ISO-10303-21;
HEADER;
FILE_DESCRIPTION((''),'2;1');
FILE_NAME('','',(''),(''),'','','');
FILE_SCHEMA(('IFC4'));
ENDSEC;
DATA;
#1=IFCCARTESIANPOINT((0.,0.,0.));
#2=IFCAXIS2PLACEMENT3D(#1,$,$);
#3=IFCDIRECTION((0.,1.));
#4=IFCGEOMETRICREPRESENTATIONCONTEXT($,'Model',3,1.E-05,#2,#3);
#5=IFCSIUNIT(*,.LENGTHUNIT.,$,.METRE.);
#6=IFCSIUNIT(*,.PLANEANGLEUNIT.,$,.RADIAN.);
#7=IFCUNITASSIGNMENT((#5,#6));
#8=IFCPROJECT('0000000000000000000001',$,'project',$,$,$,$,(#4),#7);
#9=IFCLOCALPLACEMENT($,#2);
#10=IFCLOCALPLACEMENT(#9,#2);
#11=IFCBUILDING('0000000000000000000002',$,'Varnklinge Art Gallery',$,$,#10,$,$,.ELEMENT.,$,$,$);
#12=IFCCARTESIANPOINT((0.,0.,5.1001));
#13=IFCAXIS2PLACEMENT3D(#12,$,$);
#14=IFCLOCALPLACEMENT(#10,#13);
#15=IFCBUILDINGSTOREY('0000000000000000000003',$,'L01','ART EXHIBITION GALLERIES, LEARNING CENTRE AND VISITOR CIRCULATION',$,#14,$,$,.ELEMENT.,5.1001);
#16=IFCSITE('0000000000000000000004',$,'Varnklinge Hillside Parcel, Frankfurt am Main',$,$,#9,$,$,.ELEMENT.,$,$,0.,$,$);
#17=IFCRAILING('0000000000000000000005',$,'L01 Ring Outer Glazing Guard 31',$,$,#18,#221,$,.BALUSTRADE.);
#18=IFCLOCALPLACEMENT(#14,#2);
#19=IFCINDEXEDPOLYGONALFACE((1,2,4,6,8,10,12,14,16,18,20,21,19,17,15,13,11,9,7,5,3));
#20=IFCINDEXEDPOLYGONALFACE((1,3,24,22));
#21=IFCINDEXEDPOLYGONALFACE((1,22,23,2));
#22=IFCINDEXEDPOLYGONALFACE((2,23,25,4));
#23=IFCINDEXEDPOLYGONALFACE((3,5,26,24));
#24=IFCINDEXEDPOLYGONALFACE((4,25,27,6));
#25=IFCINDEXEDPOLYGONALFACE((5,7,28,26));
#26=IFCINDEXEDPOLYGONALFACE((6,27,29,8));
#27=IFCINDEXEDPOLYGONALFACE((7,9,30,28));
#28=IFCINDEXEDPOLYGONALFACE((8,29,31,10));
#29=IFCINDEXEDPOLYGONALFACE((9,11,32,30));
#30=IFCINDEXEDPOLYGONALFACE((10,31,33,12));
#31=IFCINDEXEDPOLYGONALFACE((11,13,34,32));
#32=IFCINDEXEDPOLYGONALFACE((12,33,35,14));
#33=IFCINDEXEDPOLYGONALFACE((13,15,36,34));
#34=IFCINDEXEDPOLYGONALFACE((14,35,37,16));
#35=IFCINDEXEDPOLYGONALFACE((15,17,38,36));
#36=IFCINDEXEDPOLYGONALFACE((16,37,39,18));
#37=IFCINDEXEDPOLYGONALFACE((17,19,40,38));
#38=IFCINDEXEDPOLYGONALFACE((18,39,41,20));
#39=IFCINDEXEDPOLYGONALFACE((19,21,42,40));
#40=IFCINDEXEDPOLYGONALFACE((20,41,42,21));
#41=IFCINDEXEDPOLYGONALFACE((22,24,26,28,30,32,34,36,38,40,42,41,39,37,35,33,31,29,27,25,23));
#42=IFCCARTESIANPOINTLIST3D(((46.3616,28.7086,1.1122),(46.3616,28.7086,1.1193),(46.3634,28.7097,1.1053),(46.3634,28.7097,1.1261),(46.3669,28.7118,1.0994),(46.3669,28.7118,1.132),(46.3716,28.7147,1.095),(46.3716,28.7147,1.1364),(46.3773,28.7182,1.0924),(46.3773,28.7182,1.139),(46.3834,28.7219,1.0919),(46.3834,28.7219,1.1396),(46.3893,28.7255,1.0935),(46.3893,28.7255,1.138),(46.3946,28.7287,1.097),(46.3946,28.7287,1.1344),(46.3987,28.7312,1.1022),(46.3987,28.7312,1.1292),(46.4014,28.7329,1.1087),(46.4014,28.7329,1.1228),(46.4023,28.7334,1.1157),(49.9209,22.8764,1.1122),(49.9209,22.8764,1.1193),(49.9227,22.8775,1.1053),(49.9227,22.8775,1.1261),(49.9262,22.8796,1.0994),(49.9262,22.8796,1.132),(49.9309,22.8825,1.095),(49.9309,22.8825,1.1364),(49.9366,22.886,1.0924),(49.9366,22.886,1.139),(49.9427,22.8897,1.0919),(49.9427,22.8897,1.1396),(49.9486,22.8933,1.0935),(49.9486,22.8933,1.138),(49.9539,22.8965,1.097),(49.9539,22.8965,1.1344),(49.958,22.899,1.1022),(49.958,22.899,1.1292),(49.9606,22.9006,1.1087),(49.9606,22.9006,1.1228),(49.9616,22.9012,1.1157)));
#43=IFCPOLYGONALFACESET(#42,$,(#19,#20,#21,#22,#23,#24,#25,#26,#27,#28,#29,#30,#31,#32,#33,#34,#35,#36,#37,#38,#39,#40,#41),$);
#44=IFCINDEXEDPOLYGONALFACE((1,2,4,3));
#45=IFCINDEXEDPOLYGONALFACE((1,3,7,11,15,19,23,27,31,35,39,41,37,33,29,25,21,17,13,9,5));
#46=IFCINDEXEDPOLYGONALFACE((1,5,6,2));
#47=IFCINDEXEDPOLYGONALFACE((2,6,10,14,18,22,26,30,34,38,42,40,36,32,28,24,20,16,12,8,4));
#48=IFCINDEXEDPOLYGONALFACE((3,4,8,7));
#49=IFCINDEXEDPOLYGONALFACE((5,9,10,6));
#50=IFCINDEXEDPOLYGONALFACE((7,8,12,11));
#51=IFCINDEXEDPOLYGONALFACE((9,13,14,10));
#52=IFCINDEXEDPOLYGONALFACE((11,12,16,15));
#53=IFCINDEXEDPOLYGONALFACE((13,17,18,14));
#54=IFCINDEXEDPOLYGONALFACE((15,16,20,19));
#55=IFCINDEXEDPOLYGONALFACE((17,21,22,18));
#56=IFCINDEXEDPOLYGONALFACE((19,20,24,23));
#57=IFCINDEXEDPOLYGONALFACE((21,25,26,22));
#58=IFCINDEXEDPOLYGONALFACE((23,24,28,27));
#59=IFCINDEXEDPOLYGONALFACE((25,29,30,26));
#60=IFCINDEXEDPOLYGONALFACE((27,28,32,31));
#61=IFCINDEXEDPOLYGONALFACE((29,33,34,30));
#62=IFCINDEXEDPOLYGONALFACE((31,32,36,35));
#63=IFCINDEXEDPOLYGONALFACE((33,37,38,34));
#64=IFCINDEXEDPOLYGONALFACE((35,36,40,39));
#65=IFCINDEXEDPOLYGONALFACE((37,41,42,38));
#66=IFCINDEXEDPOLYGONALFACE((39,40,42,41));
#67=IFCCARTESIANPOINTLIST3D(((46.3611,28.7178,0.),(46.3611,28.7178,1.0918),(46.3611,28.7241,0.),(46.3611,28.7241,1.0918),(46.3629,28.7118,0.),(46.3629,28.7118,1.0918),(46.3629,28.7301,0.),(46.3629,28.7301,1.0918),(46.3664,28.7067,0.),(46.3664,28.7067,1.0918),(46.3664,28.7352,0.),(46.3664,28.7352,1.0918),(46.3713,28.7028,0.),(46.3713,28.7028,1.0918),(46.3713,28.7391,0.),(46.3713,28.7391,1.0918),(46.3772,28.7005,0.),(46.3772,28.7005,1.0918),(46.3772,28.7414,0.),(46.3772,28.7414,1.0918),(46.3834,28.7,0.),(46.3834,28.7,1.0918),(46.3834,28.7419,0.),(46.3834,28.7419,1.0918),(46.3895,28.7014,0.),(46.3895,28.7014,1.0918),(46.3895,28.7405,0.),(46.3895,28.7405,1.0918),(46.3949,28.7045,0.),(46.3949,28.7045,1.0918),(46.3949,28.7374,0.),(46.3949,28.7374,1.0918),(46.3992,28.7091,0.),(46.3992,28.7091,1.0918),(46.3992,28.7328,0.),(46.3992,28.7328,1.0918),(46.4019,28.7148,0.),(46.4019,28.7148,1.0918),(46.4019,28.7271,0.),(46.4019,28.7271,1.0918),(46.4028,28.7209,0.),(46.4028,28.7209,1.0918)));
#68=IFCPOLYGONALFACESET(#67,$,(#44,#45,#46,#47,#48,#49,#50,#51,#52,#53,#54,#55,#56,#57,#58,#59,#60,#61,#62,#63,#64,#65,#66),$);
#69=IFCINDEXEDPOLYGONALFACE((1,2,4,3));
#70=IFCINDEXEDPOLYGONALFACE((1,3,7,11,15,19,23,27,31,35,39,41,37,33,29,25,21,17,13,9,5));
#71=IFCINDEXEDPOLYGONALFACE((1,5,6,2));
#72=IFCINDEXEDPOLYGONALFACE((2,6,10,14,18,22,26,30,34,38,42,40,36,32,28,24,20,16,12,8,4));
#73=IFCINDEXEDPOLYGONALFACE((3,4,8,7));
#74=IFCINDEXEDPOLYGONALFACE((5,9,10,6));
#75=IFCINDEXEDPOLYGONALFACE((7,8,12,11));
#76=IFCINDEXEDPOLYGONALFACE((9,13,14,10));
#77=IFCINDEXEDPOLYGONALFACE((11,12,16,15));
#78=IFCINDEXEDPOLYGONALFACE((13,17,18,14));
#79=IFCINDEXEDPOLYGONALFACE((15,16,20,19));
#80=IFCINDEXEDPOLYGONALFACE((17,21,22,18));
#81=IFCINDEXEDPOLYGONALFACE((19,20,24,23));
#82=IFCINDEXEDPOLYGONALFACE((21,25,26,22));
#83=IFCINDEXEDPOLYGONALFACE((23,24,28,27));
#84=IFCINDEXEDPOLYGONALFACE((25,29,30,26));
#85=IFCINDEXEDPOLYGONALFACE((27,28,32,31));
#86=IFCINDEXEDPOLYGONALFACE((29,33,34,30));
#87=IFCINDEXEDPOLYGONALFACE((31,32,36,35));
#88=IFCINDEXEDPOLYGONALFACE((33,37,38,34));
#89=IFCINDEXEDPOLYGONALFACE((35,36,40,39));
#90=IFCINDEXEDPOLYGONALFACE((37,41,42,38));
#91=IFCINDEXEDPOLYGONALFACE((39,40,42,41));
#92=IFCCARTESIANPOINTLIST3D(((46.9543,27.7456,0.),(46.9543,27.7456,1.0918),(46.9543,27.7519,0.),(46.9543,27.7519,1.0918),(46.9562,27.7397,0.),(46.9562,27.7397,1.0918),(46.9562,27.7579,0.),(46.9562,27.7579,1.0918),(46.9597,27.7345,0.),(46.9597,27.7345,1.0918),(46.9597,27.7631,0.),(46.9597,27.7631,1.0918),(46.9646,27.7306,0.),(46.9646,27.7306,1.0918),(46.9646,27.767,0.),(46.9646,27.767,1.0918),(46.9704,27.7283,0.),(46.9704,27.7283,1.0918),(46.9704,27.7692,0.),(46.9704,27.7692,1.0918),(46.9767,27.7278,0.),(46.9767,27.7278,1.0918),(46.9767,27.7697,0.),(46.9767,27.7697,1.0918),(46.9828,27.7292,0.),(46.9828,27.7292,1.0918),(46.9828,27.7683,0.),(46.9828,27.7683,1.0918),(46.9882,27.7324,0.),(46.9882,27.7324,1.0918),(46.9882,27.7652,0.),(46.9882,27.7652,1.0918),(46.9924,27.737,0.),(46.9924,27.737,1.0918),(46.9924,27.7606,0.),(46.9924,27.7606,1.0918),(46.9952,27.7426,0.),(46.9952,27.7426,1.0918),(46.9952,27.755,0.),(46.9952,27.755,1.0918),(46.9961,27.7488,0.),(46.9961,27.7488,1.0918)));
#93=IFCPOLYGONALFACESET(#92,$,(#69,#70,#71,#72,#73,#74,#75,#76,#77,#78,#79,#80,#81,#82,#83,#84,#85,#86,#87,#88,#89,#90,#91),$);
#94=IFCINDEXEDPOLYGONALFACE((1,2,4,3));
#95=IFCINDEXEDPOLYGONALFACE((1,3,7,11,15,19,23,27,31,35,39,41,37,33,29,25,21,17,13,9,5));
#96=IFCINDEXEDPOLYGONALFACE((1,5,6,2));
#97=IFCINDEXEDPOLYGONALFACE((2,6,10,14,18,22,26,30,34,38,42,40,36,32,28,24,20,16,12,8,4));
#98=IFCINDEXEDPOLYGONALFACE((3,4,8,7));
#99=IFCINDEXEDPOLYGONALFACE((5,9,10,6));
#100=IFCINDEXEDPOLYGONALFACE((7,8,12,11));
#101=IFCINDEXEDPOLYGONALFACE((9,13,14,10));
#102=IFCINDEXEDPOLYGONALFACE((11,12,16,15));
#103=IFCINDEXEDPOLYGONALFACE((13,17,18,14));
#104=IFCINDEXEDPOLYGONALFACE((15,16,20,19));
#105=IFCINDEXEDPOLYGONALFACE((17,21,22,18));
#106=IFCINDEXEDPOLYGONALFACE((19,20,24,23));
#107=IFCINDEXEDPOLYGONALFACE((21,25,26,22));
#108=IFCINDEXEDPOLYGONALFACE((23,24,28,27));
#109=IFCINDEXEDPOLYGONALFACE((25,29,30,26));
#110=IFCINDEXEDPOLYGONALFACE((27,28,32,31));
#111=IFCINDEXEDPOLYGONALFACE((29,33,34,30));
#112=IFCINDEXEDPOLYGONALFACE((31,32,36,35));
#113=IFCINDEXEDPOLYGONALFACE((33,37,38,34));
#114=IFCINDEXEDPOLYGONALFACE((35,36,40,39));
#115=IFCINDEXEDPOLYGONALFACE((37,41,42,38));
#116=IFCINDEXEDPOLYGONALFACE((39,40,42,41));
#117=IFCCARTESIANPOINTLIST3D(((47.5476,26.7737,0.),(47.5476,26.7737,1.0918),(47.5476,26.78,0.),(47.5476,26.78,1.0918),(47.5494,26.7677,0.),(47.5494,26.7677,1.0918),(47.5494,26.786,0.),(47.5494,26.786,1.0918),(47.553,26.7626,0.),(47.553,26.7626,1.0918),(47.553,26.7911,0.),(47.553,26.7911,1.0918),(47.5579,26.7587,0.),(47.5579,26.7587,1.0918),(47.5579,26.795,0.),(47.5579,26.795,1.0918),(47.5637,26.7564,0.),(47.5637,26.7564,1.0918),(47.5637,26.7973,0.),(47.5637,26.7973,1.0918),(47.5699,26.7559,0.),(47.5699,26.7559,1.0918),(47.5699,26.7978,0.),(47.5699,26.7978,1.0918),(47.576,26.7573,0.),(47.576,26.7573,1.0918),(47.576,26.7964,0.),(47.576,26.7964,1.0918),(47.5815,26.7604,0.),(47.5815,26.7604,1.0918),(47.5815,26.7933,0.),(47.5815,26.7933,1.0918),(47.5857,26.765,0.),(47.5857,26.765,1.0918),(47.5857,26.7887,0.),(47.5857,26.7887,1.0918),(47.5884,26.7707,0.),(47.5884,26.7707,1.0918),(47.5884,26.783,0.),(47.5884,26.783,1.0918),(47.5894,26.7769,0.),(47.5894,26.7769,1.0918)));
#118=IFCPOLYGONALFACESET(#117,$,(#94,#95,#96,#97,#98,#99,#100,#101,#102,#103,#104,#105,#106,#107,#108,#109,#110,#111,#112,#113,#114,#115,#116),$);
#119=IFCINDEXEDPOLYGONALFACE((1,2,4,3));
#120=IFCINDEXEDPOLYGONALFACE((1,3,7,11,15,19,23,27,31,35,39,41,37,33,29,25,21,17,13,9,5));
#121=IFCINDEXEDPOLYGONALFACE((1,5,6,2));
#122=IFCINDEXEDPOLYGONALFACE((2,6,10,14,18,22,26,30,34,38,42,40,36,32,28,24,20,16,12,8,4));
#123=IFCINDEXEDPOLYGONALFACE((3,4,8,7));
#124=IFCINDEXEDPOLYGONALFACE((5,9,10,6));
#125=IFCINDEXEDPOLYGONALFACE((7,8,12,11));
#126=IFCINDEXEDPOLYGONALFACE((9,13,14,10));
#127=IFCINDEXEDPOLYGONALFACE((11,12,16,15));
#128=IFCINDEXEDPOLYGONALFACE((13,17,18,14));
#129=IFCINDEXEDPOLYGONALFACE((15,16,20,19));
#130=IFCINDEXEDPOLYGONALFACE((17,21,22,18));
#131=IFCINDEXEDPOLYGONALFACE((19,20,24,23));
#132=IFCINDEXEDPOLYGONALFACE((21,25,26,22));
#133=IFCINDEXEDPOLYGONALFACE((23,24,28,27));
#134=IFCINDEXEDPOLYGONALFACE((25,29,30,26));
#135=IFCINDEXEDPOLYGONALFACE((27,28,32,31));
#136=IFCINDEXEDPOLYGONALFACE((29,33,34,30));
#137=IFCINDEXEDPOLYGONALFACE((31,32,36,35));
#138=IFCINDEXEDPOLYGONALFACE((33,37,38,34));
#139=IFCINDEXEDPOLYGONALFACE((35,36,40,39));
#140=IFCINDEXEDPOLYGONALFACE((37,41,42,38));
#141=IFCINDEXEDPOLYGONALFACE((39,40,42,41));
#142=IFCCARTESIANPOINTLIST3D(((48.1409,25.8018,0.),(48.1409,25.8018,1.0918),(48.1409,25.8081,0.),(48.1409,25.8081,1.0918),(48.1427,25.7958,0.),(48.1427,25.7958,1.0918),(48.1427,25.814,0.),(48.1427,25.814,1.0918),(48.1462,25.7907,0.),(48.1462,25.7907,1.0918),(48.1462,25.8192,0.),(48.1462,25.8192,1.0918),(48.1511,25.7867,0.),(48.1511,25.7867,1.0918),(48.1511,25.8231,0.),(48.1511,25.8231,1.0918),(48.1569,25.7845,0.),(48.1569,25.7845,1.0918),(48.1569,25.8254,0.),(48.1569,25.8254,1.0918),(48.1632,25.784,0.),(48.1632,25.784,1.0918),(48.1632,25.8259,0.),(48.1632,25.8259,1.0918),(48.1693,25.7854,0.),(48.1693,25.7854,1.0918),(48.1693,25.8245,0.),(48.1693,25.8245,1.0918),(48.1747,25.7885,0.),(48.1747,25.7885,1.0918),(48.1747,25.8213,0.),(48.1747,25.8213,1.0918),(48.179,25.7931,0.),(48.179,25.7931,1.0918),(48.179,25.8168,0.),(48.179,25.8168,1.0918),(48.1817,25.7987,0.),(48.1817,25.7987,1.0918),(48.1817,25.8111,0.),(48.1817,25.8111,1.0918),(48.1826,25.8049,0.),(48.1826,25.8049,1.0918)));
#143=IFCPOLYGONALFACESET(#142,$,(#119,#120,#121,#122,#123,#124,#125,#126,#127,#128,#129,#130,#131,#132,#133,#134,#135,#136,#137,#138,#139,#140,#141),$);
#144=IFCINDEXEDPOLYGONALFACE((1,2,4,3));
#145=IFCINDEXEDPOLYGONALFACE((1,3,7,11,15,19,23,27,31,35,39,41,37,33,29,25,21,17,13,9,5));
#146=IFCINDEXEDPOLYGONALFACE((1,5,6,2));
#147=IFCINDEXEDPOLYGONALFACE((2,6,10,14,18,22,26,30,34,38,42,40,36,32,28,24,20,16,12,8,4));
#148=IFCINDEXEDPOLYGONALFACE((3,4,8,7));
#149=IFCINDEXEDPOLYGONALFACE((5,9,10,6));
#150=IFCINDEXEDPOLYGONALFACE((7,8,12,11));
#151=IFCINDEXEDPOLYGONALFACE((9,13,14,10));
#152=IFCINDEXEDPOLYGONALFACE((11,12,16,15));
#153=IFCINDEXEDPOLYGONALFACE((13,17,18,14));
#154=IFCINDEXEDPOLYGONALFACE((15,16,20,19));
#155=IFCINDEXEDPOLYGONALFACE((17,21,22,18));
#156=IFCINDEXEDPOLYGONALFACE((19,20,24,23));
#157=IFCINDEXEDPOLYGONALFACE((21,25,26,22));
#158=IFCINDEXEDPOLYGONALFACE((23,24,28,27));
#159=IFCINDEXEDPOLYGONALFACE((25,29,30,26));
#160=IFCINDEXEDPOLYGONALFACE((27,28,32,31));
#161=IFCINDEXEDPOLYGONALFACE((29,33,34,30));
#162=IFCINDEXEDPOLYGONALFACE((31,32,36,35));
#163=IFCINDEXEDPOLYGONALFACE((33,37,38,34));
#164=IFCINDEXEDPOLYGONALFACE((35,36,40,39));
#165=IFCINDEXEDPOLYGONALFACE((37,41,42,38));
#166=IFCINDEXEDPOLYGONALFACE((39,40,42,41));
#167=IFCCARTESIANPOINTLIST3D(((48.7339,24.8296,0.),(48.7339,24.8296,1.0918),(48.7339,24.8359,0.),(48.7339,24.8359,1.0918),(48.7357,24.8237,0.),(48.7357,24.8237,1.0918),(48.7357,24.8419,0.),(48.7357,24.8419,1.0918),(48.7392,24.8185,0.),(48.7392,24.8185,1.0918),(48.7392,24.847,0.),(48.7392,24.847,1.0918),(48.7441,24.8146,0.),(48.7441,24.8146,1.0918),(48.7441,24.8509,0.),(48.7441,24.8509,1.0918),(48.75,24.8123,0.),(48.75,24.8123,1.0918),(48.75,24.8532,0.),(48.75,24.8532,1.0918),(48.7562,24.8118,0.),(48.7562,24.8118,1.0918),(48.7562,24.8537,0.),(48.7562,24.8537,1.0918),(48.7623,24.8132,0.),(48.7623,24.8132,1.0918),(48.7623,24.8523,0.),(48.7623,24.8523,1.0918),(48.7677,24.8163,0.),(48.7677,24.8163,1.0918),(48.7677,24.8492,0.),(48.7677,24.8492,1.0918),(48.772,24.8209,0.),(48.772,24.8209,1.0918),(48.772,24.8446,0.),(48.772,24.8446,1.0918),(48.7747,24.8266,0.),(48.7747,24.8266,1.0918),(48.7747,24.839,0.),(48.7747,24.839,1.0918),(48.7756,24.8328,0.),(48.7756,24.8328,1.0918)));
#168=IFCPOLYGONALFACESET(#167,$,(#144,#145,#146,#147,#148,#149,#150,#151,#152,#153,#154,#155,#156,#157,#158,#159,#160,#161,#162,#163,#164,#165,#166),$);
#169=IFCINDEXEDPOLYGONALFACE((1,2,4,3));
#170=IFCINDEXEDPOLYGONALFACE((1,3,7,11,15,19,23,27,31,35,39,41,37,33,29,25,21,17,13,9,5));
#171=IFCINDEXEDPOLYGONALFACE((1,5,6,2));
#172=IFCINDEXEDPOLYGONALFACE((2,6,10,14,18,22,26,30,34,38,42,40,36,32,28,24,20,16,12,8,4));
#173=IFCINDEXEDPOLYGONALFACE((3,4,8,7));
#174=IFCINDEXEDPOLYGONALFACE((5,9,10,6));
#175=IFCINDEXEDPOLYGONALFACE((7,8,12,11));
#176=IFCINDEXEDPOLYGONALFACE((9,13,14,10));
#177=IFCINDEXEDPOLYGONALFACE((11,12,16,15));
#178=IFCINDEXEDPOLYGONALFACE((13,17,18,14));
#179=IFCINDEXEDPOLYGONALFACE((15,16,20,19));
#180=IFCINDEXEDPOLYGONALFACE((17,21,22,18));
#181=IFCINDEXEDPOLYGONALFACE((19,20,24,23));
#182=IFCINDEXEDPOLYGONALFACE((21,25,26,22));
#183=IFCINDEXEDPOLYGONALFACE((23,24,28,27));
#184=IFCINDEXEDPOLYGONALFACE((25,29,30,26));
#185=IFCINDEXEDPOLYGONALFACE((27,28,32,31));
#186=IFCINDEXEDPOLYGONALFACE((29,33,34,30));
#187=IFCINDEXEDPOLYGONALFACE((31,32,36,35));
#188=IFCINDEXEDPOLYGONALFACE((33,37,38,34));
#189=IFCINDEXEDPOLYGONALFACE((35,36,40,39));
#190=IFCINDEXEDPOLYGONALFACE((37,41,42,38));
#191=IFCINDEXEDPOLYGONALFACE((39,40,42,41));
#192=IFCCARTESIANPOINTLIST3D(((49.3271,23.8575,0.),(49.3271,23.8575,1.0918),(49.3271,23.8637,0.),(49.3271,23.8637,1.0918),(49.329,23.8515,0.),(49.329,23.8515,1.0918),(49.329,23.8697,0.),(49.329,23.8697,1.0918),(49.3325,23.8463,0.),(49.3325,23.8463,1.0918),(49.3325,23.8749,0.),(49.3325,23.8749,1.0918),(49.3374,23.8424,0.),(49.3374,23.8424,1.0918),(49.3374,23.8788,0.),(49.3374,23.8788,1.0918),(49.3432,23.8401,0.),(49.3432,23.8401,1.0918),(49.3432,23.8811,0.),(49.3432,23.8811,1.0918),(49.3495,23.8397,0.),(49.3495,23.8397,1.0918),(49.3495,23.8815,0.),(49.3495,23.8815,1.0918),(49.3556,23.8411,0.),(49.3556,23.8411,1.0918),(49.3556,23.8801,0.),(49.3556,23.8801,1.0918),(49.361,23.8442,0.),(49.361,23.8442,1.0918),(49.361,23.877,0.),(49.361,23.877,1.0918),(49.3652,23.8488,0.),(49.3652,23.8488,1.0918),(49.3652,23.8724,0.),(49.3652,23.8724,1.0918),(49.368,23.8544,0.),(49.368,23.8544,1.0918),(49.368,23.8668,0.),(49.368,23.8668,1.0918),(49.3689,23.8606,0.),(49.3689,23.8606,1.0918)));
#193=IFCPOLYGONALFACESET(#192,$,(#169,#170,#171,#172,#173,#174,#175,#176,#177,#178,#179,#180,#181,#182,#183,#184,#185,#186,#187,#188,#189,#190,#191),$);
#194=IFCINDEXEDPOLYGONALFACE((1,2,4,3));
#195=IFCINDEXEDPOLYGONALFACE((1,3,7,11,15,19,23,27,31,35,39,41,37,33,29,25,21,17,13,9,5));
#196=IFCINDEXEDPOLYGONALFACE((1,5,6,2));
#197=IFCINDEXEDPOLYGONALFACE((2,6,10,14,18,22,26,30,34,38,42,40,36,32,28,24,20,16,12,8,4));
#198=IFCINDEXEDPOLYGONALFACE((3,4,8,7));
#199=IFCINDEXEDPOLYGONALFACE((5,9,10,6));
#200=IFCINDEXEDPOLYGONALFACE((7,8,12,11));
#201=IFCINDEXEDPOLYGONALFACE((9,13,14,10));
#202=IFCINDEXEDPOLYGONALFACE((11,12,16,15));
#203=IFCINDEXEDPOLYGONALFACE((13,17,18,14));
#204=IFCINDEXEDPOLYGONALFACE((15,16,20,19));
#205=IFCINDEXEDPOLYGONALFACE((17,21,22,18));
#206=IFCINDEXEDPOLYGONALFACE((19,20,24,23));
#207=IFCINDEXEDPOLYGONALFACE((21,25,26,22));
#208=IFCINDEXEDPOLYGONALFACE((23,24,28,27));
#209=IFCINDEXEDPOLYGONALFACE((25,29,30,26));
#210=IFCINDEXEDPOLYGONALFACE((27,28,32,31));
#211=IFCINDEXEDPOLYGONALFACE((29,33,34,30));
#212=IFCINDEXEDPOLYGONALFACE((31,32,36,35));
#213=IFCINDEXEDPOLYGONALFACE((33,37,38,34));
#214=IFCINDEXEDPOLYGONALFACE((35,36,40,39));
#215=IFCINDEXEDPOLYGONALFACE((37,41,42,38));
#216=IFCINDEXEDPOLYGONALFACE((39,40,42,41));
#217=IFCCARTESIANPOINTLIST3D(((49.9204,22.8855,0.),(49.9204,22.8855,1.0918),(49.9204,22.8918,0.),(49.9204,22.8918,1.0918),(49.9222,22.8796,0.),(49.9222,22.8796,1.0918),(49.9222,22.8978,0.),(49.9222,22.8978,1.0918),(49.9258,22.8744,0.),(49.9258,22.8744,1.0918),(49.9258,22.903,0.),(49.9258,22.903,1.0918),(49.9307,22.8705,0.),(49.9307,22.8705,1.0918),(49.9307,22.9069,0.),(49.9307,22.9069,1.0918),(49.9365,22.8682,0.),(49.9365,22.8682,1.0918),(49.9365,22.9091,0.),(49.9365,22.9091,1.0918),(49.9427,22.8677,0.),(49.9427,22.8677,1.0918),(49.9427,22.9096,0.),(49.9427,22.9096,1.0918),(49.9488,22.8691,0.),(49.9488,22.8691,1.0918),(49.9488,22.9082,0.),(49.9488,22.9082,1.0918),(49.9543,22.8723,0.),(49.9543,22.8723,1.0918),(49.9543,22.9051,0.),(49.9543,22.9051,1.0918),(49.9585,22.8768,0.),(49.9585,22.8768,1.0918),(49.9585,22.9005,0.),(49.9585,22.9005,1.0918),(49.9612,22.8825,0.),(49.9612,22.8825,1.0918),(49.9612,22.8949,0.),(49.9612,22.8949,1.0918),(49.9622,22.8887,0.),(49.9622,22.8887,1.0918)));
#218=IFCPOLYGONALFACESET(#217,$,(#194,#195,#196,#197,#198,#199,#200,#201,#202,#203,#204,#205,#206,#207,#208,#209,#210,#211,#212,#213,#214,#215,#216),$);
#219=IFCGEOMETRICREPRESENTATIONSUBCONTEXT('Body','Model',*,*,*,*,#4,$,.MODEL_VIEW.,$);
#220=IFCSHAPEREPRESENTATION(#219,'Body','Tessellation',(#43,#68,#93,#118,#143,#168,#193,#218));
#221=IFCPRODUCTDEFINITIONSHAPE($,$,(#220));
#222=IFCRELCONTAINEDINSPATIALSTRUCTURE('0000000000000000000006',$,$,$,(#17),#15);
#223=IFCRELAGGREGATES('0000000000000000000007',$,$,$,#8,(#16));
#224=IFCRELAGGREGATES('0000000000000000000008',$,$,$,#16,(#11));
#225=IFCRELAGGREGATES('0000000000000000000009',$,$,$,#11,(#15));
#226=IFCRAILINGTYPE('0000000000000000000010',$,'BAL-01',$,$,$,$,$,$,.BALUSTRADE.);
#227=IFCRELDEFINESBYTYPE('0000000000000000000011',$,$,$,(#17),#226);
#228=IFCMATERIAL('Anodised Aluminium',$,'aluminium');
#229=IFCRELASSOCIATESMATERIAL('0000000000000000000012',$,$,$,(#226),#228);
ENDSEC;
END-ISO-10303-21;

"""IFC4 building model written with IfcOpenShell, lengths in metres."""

from ifc_helpers import new_model, si_unit, direction, frame, origin, origin_2d, place, context, subcontext, project, spatial, circle, extrude, material, type_object, element, save


model = new_model("IFC4")

# Units and contexts
model_context = context("Model", 3, precision=1e-05, world=origin(), true_north=direction((0.0, 1.0)))
body_context = subcontext(model_context, "Body", "Model", "MODEL_VIEW")
ifc_project = project(units=[si_unit("LENGTHUNIT", "METRE"), si_unit("PLANEANGLEUNIT", "RADIAN")], contexts=[model_context])

# Site, building, storey
site_placement = place(None, origin())
site = spatial("IfcSite", under=ifc_project, at=site_placement, Name="Varnklinge Hillside Parcel, Frankfurt am Main", CompositionType="ELEMENT", RefElevation=0.0)
building_placement = place(site_placement, origin())
building = spatial("IfcBuilding", under=site, at=building_placement, Name="Varnklinge Art Gallery", CompositionType="ELEMENT")
storey_placement = place(building_placement, frame((0.0, 0.0, 5.1001)))
storey = spatial("IfcBuildingStorey", under=building, at=storey_placement, Name="L01", Description="ART EXHIBITION GALLERIES, LEARNING CENTRE AND VISITOR CIRCULATION", CompositionType="ELEMENT", Elevation=5.1001)

# Railing
ifc_material_1 = material(Name="Anodised Aluminium", Category="aluminium")
railing_type = type_object("IfcRailingType", Name="BAL-01", PredefinedType="BALUSTRADE", material=ifc_material_1)
railing_placement = place(storey_placement, frame((46.3818, 28.7209, 0.0)))
element("IfcRailing", 1, at=railing_placement, inside=storey, type_object=railing_type, Name="L01 Ring Outer Glazing Guard 31", PredefinedType="BALUSTRADE", context=body_context, shape_type="SweptSolid", body=[
    extrude(circle(Radius=0.0239, at=origin_2d()), frame((0.0, 0.0, 1.1157), z_axis=(0.520934, -0.853597, 0.0), x_axis=(0.853597, 0.520934, 0.0)), (0.0, 0.0, 1.0), 6.8325),
    extrude(circle(Radius=0.021, at=origin_2d()), origin(), (0.0, 0.0, 1.0), 1.0918),
    extrude(circle(Radius=0.021, at=origin_2d()), frame((0.5933, -0.9722, 0.0)), (0.0, 0.0, 1.0), 1.0918),
    extrude(circle(Radius=0.021, at=origin_2d()), frame((1.1865, -1.9441, 0.0)), (0.0, 0.0, 1.0), 1.0918),
    extrude(circle(Radius=0.021, at=origin_2d()), frame((1.7798, -2.916, 0.0)), (0.0, 0.0, 1.0), 1.0918),
    extrude(circle(Radius=0.021, at=origin_2d()), frame((2.3728, -3.8882, 0.0)), (0.0, 0.0, 1.0), 1.0918),
    extrude(circle(Radius=0.021, at=origin_2d()), frame((2.9661, -4.8604, 0.0)), (0.0, 0.0, 1.0), 1.0918),
    extrude(circle(Radius=0.021, at=origin_2d()), frame((3.5593, -5.8323, 0.0)), (0.0, 0.0, 1.0), 1.0918),
])

save(model, "model.ifc")
